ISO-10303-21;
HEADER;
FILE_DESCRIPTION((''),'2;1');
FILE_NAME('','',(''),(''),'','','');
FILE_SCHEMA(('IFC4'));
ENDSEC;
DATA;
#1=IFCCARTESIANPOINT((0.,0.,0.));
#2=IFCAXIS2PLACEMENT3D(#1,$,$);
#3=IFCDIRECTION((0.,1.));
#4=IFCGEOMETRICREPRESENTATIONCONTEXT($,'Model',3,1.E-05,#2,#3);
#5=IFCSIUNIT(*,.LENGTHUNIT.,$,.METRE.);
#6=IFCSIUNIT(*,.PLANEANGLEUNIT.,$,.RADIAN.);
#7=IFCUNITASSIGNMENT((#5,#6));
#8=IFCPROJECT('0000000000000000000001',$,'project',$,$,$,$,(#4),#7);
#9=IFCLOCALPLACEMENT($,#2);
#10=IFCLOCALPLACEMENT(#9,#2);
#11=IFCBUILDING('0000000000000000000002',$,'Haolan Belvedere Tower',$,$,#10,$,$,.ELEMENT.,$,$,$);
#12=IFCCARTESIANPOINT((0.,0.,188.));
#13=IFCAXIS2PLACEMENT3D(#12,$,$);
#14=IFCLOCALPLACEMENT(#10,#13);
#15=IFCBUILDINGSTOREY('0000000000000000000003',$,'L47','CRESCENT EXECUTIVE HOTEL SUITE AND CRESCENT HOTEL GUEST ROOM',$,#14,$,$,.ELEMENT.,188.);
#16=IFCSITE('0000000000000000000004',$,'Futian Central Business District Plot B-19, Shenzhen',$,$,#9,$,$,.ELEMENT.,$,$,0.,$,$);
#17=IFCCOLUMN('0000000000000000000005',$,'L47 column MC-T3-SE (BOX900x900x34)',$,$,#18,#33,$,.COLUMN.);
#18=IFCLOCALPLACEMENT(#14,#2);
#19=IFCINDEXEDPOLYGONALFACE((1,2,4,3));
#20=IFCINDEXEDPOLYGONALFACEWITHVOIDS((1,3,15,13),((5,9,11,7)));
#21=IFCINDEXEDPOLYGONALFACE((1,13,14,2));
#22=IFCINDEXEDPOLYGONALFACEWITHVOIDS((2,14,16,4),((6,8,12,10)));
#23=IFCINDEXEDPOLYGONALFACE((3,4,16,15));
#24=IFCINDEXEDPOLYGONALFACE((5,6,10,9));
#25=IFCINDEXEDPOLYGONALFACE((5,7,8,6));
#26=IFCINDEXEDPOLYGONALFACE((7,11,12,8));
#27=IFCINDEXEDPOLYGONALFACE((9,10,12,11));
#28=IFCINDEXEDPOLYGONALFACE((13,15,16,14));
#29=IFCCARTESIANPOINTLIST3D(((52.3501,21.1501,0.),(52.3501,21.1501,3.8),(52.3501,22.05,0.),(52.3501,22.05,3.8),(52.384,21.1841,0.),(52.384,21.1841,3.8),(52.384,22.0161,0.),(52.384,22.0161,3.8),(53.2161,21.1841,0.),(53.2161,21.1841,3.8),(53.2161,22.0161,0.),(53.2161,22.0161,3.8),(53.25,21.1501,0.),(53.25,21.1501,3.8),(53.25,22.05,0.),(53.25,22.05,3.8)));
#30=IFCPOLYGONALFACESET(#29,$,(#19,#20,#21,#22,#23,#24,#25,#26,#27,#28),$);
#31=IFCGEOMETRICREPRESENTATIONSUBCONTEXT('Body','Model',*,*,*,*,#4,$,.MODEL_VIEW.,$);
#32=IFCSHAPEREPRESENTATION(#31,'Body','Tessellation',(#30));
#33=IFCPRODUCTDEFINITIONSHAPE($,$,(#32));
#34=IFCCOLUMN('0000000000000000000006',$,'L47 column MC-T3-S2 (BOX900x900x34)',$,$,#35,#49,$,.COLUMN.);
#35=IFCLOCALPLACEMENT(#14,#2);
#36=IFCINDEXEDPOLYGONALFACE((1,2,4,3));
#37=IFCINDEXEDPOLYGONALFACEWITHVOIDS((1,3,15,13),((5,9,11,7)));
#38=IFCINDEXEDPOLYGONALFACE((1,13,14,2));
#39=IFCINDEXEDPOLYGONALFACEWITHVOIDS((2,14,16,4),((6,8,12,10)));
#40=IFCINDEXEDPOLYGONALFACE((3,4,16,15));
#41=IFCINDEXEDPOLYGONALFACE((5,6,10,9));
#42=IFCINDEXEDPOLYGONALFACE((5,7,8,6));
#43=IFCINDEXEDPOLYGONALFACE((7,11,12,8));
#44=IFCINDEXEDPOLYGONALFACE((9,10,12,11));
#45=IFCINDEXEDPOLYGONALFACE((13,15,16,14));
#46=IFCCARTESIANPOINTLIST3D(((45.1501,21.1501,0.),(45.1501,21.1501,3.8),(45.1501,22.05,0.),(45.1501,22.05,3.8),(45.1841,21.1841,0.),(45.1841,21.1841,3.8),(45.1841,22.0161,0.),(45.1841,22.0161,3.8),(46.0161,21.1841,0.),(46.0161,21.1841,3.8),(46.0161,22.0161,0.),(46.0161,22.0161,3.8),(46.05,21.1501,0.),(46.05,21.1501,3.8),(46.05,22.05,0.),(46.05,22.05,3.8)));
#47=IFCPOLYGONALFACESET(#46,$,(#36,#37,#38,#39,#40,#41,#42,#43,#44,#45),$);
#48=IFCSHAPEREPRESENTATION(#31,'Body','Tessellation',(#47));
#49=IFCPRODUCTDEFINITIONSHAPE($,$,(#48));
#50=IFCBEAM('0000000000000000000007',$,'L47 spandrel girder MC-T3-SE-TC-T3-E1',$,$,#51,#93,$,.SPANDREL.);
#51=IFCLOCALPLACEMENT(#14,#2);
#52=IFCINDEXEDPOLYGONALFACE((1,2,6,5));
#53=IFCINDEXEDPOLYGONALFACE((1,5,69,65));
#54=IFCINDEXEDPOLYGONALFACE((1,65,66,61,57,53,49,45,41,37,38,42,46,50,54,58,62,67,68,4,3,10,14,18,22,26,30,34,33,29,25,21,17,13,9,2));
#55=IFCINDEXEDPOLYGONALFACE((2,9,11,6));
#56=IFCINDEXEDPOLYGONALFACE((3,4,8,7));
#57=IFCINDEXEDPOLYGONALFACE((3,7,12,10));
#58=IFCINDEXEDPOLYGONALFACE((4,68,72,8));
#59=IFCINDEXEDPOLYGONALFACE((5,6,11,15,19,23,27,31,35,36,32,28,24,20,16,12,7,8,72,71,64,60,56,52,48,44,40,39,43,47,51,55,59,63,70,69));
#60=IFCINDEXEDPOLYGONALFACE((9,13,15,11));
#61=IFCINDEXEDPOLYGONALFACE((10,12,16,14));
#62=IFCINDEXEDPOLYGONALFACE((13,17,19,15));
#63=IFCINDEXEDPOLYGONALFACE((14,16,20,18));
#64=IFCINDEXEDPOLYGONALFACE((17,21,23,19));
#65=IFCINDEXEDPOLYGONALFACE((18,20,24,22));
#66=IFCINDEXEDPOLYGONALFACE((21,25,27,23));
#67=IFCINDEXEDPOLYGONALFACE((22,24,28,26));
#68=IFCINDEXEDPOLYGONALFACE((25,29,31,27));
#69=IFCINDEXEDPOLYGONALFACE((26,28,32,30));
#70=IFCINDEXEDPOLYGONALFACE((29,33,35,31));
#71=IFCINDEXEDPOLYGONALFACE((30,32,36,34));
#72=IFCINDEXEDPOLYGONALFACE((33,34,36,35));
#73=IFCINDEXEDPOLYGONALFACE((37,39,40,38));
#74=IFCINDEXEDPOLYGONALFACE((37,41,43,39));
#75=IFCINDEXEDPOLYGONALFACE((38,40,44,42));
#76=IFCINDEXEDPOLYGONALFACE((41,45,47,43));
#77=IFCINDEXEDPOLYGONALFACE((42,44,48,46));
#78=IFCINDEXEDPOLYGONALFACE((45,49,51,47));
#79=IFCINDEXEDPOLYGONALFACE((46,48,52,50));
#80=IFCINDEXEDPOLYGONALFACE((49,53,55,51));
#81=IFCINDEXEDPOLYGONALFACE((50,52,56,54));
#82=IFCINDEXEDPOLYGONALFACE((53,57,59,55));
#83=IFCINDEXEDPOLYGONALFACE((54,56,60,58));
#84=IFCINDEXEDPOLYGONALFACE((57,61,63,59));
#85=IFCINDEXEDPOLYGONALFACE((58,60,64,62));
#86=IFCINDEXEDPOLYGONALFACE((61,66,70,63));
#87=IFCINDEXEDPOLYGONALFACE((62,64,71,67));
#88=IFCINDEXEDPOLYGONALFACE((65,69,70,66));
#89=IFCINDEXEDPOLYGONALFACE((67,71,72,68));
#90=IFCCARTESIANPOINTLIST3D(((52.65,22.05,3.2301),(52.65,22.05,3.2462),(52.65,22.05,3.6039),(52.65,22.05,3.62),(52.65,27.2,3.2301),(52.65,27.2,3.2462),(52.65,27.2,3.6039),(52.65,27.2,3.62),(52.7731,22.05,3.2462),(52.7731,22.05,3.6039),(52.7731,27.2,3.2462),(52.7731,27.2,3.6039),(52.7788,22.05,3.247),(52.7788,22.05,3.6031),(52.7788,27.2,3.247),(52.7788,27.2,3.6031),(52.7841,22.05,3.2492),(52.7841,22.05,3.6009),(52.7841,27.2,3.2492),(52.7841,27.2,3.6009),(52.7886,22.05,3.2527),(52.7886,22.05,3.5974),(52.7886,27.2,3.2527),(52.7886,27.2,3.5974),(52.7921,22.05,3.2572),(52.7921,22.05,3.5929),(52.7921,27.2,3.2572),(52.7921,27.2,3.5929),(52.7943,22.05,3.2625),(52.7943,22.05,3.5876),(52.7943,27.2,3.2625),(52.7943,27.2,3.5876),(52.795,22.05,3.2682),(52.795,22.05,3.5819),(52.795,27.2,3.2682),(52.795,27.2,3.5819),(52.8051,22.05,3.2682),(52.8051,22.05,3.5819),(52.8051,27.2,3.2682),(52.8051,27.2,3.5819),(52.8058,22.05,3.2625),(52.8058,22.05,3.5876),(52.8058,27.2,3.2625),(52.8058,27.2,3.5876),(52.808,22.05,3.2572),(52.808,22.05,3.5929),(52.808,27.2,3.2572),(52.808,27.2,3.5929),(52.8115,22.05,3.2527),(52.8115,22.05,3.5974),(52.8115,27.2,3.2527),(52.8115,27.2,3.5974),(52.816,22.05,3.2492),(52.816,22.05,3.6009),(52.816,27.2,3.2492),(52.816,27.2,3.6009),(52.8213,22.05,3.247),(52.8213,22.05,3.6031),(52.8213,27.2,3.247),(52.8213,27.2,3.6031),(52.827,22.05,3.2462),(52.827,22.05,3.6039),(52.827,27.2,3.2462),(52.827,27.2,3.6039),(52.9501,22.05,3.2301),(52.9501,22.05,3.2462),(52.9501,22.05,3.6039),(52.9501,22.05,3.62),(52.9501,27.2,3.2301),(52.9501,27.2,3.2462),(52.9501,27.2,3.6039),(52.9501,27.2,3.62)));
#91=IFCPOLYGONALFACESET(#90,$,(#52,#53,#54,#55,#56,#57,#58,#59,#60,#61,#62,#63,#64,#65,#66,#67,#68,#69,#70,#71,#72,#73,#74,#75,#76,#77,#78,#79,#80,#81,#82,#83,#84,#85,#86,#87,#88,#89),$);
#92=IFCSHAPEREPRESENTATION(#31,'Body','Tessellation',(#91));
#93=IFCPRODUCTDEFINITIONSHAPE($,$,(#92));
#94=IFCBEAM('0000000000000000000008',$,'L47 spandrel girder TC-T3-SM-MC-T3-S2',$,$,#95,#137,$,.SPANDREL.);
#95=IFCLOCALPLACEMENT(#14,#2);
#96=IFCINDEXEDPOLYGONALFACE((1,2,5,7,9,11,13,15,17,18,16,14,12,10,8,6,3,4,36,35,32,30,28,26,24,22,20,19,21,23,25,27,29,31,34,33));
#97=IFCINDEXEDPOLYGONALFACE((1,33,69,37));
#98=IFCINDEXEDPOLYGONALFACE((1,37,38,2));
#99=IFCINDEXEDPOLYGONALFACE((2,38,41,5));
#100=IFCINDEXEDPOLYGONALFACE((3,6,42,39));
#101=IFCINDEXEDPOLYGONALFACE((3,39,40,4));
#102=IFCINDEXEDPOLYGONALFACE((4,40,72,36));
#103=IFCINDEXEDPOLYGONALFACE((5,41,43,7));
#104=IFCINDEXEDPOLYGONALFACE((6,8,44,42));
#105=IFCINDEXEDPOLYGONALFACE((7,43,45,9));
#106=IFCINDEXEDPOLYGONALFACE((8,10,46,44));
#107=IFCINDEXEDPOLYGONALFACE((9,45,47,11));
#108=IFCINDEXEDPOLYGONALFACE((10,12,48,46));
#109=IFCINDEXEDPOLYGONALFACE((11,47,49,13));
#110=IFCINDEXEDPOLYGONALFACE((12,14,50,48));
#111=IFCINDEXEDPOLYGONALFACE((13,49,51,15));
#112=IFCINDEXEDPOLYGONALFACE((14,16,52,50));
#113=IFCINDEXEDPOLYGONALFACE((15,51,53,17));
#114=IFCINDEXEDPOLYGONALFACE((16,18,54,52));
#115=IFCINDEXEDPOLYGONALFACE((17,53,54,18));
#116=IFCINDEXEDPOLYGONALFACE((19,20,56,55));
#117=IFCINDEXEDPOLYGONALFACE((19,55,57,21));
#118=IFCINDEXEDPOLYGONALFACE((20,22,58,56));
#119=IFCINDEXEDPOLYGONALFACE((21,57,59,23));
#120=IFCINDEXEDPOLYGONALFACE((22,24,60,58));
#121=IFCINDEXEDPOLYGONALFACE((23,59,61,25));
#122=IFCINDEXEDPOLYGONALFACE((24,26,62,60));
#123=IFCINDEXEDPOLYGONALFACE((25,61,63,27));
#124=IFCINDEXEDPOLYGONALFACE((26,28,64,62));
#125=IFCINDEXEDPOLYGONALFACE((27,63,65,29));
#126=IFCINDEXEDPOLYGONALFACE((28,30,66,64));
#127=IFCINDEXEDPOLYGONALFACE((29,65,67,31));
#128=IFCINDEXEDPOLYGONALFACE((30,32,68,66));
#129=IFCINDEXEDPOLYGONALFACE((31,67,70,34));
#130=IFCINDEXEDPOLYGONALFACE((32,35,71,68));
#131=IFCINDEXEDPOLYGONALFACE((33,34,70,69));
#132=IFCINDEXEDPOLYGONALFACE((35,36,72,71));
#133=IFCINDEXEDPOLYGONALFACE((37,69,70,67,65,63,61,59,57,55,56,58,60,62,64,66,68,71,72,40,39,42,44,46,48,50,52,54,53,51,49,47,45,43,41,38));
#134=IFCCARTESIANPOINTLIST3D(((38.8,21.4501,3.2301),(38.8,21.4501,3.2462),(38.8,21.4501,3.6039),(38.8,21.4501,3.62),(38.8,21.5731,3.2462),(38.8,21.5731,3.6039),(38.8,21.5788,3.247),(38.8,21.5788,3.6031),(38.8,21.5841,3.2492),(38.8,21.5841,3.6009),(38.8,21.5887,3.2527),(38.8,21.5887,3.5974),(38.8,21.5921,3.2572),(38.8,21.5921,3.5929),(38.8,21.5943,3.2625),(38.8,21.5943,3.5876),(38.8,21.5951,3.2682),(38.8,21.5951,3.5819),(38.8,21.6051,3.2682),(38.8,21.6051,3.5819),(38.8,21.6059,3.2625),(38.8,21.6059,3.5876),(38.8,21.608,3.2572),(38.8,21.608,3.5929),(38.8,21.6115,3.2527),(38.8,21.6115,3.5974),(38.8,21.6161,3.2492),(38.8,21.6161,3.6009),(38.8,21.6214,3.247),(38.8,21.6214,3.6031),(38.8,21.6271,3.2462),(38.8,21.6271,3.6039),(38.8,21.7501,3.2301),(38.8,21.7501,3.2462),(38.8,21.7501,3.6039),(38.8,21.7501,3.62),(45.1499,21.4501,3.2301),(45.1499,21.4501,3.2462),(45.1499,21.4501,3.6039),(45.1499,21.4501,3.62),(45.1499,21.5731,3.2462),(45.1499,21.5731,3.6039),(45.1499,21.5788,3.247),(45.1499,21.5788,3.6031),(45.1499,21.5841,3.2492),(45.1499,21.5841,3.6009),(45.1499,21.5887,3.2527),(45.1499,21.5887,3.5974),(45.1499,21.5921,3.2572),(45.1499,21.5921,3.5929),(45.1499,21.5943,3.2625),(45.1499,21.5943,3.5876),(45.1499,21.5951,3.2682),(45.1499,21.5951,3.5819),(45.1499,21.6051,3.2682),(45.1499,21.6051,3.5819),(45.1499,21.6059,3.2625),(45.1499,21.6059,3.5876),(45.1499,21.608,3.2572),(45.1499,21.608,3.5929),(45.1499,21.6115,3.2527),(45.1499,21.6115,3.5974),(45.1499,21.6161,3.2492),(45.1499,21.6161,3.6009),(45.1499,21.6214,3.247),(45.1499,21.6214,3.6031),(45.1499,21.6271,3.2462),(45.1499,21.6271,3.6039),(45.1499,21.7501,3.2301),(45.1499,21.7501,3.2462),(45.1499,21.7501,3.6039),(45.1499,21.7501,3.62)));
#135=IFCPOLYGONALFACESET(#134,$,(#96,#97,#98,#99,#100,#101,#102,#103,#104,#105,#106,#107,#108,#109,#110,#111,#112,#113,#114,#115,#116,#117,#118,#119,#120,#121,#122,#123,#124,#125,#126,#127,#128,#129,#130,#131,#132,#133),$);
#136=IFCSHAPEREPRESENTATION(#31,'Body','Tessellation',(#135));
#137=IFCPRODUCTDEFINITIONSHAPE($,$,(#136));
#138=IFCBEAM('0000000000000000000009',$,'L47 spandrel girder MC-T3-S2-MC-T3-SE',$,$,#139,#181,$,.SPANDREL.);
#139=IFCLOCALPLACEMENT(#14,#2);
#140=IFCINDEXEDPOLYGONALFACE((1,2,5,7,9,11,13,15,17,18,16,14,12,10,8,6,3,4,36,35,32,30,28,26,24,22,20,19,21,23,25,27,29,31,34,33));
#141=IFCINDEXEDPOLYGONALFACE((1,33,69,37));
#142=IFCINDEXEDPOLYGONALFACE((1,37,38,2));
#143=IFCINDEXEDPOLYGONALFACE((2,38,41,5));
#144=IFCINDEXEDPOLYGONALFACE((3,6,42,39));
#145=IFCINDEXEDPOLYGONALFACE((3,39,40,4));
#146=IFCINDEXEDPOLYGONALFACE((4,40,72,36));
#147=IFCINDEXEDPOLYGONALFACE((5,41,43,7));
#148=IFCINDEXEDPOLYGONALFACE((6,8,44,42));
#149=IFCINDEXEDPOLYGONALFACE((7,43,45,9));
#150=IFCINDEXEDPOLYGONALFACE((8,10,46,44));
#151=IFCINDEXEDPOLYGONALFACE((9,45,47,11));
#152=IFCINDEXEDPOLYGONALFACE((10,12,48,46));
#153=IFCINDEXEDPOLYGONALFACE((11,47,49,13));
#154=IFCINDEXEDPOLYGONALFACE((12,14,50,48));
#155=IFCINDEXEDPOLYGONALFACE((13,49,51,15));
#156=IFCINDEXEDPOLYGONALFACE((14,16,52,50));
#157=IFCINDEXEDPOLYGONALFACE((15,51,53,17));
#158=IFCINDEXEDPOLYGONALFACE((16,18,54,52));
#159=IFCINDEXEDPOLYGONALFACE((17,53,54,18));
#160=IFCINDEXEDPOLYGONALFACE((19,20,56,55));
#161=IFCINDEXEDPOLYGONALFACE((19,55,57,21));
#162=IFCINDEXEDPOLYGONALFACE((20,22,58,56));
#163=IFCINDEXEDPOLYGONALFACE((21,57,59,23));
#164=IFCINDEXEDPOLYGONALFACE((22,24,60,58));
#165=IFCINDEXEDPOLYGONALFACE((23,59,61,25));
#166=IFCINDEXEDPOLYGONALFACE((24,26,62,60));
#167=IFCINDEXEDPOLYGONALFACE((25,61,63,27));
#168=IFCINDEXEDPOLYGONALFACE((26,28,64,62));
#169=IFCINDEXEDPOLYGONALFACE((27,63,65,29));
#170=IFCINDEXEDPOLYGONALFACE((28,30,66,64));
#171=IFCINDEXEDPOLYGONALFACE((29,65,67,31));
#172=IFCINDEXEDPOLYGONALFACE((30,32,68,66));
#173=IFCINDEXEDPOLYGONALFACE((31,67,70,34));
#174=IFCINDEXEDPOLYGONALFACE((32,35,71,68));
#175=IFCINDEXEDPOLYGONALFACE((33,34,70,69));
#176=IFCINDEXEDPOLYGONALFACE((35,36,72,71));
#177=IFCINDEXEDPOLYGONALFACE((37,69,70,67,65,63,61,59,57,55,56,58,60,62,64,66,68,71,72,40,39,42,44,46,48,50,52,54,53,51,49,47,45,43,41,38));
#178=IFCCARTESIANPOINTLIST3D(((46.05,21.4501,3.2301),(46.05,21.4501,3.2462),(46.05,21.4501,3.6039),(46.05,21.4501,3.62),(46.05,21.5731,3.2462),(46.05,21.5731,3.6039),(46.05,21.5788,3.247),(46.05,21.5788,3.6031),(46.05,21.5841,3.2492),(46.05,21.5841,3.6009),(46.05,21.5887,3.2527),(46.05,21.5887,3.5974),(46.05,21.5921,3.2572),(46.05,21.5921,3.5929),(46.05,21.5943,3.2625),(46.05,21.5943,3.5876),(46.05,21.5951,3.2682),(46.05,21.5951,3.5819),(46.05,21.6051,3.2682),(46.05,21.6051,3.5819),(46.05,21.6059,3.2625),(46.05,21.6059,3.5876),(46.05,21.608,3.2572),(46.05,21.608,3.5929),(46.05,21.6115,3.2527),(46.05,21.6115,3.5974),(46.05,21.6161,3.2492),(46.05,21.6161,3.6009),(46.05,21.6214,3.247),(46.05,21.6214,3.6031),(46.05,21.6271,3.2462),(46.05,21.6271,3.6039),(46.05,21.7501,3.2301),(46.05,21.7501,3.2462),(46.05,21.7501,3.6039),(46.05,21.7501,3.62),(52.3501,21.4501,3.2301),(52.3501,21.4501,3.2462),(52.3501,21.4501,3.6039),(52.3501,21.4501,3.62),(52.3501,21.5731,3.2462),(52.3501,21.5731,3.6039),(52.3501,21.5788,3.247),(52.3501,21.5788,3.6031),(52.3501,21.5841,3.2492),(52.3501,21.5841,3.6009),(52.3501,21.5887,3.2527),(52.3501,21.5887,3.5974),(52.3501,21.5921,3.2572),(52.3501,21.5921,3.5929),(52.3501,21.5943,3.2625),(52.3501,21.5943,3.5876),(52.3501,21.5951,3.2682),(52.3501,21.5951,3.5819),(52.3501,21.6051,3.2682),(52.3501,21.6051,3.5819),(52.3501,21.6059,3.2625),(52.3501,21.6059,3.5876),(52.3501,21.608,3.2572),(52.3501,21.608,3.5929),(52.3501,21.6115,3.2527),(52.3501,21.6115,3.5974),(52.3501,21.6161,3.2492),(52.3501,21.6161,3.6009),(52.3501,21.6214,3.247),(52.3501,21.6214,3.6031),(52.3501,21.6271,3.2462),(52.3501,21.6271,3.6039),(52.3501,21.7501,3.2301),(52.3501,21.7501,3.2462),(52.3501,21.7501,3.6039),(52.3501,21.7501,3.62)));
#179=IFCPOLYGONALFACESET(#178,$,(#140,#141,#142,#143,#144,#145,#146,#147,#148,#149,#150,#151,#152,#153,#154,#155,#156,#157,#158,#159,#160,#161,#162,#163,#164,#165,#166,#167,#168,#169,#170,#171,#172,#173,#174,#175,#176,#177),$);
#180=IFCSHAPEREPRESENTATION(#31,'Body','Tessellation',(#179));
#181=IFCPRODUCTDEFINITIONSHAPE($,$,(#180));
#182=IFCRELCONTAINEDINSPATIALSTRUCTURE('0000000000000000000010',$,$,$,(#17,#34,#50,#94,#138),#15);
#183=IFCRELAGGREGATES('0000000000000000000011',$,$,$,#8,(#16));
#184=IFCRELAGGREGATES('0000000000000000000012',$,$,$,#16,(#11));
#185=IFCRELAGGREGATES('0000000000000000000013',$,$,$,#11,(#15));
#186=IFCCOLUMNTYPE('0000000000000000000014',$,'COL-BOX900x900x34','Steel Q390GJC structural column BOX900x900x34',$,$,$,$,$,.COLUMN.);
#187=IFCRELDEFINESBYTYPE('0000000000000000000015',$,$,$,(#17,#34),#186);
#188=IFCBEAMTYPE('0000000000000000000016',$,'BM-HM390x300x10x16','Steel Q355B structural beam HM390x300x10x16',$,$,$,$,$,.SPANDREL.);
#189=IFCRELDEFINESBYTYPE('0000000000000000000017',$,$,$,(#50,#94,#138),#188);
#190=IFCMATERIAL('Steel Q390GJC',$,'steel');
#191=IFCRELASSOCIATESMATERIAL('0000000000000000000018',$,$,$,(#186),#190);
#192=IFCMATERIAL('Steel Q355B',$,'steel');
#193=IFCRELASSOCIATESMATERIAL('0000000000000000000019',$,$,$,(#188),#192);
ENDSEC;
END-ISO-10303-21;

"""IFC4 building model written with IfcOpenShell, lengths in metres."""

from ifc_helpers import new_model, si_unit, direction, frame, origin, origin_2d, place, context, subcontext, project, spatial, hollow_rectangle, i_section, extrude, material, material_profile, profile_set, type_object, element, save


model = new_model("IFC4")

# Units and contexts
model_context = context("Model", 3, precision=1e-05, world=origin(), true_north=direction((0.0, 1.0)))
body_context = subcontext(model_context, "Body", "Model", "MODEL_VIEW")
ifc_project = project(units=[si_unit("LENGTHUNIT", "METRE"), si_unit("PLANEANGLEUNIT", "RADIAN")], contexts=[model_context])

# Site, building, storey
site_placement = place(None, origin())
site = spatial("IfcSite", under=ifc_project, at=site_placement, Name="Futian Central Business District Plot B-19, Shenzhen", CompositionType="ELEMENT", RefElevation=0.0)
building_placement = place(site_placement, origin())
building = spatial("IfcBuilding", under=site, at=building_placement, Name="Haolan Belvedere Tower", CompositionType="ELEMENT")
storey_placement = place(building_placement, frame((0.0, 0.0, 188.0)))
storey = spatial("IfcBuildingStorey", under=building, at=storey_placement, Name="L47", Description="CRESCENT EXECUTIVE HOTEL SUITE AND CRESCENT HOTEL GUEST ROOM", CompositionType="ELEMENT", Elevation=188.0)

# Columns
ifc_material_1 = material(Name="Steel Q390GJC", Category="steel")
ifc_material_profile_1 = material_profile(ifc_material_1, hollow_rectangle(XDim=0.8999, YDim=0.8999, WallThickness=0.0339, at=origin_2d()), Name="Steel Q390GJC")
ifc_profile_set_1 = profile_set([ifc_material_profile_1], Name="Steel Q390GJC")
column_type = type_object("IfcColumnType", Name="COL-BOX900x900x34", Description="Steel Q390GJC structural column BOX900x900x34", PredefinedType="COLUMN", material=ifc_profile_set_1)
for number, where, z_axis, x_axis, name in (
    (1, (52.8, 21.6001, 0.0), (0.0, 0.0, 1.0), (1.0, 0.0, 0.0), "L47 column MC-T3-SE (BOX900x900x34)"),
    (2, (45.6001, 21.6001, 0.0), (0.0, 0.0, 1.0), (1.0, 0.0, 0.0), "L47 column MC-T3-S2 (BOX900x900x34)"),
):
    element("IfcColumn", number, at=place(storey_placement, frame(where, z_axis=z_axis, x_axis=x_axis)), inside=storey, type_object=column_type, Name=name, PredefinedType="COLUMN", context=body_context, shape_type="SweptSolid", body=[
        extrude(hollow_rectangle(XDim=0.8999, YDim=0.8999, WallThickness=0.0339, at=origin_2d()), origin(), (0.0, 0.0, 1.0), 3.8),
    ])

# Beams
ifc_material_2 = material(Name="Steel Q355B", Category="steel")
ifc_material_profile_2 = material_profile(ifc_material_2, i_section(OverallWidth=0.3, OverallDepth=0.3899, WebThickness=0.01, FlangeThickness=0.0161, FilletRadius=0.022, at=origin_2d()), Name="Steel Q355B")
ifc_profile_set_2 = profile_set([ifc_material_profile_2], Name="Steel Q355B")
beam_type_1 = type_object("IfcBeamType", Name="BM-HM390x300x10x16", Description="Steel Q355B structural beam HM390x300x10x16", PredefinedType="SPANDREL", material=ifc_profile_set_2)
beam_1_placement = place(storey_placement, frame((52.8, 22.05, 3.425), z_axis=(0.0, 1.0, 0.0), x_axis=(-1.0, 0.0, 0.0)))
element("IfcBeam", 3, at=beam_1_placement, inside=storey, type_object=beam_type_1, Name="L47 spandrel girder MC-T3-SE-TC-T3-E1", PredefinedType="SPANDREL", context=body_context, shape_type="SweptSolid", body=[
    extrude(i_section(OverallWidth=0.3, OverallDepth=0.3899, WebThickness=0.01, FlangeThickness=0.0161, FilletRadius=0.022, at=origin_2d()), origin(), (0.0, 0.0, 1.0), 5.1499),
])
beam_2_placement = place(storey_placement, frame((38.8, 21.6001, 3.425), z_axis=(1.0, 0.0, 0.0), x_axis=(0.0, 1.0, 0.0)))
element("IfcBeam", 4, at=beam_2_placement, inside=storey, type_object=beam_type_1, Name="L47 spandrel girder TC-T3-SM-MC-T3-S2", PredefinedType="SPANDREL", context=body_context, shape_type="SweptSolid", body=[
    extrude(i_section(OverallWidth=0.3, OverallDepth=0.3899, WebThickness=0.01, FlangeThickness=0.0161, FilletRadius=0.022, at=origin_2d()), origin(), (0.0, 0.0, 1.0), 6.3499),
])
beam_3_placement = place(storey_placement, frame((46.05, 21.6001, 3.425), z_axis=(1.0, 0.0, 0.0), x_axis=(0.0, 1.0, 0.0)))
element("IfcBeam", 5, at=beam_3_placement, inside=storey, type_object=beam_type_1, Name="L47 spandrel girder MC-T3-S2-MC-T3-SE", PredefinedType="SPANDREL", context=body_context, shape_type="SweptSolid", body=[
    extrude(i_section(OverallWidth=0.3, OverallDepth=0.3899, WebThickness=0.01, FlangeThickness=0.0161, FilletRadius=0.022, at=origin_2d()), origin(), (0.0, 0.0, 1.0), 6.3),
])

save(model, "model.ifc")
